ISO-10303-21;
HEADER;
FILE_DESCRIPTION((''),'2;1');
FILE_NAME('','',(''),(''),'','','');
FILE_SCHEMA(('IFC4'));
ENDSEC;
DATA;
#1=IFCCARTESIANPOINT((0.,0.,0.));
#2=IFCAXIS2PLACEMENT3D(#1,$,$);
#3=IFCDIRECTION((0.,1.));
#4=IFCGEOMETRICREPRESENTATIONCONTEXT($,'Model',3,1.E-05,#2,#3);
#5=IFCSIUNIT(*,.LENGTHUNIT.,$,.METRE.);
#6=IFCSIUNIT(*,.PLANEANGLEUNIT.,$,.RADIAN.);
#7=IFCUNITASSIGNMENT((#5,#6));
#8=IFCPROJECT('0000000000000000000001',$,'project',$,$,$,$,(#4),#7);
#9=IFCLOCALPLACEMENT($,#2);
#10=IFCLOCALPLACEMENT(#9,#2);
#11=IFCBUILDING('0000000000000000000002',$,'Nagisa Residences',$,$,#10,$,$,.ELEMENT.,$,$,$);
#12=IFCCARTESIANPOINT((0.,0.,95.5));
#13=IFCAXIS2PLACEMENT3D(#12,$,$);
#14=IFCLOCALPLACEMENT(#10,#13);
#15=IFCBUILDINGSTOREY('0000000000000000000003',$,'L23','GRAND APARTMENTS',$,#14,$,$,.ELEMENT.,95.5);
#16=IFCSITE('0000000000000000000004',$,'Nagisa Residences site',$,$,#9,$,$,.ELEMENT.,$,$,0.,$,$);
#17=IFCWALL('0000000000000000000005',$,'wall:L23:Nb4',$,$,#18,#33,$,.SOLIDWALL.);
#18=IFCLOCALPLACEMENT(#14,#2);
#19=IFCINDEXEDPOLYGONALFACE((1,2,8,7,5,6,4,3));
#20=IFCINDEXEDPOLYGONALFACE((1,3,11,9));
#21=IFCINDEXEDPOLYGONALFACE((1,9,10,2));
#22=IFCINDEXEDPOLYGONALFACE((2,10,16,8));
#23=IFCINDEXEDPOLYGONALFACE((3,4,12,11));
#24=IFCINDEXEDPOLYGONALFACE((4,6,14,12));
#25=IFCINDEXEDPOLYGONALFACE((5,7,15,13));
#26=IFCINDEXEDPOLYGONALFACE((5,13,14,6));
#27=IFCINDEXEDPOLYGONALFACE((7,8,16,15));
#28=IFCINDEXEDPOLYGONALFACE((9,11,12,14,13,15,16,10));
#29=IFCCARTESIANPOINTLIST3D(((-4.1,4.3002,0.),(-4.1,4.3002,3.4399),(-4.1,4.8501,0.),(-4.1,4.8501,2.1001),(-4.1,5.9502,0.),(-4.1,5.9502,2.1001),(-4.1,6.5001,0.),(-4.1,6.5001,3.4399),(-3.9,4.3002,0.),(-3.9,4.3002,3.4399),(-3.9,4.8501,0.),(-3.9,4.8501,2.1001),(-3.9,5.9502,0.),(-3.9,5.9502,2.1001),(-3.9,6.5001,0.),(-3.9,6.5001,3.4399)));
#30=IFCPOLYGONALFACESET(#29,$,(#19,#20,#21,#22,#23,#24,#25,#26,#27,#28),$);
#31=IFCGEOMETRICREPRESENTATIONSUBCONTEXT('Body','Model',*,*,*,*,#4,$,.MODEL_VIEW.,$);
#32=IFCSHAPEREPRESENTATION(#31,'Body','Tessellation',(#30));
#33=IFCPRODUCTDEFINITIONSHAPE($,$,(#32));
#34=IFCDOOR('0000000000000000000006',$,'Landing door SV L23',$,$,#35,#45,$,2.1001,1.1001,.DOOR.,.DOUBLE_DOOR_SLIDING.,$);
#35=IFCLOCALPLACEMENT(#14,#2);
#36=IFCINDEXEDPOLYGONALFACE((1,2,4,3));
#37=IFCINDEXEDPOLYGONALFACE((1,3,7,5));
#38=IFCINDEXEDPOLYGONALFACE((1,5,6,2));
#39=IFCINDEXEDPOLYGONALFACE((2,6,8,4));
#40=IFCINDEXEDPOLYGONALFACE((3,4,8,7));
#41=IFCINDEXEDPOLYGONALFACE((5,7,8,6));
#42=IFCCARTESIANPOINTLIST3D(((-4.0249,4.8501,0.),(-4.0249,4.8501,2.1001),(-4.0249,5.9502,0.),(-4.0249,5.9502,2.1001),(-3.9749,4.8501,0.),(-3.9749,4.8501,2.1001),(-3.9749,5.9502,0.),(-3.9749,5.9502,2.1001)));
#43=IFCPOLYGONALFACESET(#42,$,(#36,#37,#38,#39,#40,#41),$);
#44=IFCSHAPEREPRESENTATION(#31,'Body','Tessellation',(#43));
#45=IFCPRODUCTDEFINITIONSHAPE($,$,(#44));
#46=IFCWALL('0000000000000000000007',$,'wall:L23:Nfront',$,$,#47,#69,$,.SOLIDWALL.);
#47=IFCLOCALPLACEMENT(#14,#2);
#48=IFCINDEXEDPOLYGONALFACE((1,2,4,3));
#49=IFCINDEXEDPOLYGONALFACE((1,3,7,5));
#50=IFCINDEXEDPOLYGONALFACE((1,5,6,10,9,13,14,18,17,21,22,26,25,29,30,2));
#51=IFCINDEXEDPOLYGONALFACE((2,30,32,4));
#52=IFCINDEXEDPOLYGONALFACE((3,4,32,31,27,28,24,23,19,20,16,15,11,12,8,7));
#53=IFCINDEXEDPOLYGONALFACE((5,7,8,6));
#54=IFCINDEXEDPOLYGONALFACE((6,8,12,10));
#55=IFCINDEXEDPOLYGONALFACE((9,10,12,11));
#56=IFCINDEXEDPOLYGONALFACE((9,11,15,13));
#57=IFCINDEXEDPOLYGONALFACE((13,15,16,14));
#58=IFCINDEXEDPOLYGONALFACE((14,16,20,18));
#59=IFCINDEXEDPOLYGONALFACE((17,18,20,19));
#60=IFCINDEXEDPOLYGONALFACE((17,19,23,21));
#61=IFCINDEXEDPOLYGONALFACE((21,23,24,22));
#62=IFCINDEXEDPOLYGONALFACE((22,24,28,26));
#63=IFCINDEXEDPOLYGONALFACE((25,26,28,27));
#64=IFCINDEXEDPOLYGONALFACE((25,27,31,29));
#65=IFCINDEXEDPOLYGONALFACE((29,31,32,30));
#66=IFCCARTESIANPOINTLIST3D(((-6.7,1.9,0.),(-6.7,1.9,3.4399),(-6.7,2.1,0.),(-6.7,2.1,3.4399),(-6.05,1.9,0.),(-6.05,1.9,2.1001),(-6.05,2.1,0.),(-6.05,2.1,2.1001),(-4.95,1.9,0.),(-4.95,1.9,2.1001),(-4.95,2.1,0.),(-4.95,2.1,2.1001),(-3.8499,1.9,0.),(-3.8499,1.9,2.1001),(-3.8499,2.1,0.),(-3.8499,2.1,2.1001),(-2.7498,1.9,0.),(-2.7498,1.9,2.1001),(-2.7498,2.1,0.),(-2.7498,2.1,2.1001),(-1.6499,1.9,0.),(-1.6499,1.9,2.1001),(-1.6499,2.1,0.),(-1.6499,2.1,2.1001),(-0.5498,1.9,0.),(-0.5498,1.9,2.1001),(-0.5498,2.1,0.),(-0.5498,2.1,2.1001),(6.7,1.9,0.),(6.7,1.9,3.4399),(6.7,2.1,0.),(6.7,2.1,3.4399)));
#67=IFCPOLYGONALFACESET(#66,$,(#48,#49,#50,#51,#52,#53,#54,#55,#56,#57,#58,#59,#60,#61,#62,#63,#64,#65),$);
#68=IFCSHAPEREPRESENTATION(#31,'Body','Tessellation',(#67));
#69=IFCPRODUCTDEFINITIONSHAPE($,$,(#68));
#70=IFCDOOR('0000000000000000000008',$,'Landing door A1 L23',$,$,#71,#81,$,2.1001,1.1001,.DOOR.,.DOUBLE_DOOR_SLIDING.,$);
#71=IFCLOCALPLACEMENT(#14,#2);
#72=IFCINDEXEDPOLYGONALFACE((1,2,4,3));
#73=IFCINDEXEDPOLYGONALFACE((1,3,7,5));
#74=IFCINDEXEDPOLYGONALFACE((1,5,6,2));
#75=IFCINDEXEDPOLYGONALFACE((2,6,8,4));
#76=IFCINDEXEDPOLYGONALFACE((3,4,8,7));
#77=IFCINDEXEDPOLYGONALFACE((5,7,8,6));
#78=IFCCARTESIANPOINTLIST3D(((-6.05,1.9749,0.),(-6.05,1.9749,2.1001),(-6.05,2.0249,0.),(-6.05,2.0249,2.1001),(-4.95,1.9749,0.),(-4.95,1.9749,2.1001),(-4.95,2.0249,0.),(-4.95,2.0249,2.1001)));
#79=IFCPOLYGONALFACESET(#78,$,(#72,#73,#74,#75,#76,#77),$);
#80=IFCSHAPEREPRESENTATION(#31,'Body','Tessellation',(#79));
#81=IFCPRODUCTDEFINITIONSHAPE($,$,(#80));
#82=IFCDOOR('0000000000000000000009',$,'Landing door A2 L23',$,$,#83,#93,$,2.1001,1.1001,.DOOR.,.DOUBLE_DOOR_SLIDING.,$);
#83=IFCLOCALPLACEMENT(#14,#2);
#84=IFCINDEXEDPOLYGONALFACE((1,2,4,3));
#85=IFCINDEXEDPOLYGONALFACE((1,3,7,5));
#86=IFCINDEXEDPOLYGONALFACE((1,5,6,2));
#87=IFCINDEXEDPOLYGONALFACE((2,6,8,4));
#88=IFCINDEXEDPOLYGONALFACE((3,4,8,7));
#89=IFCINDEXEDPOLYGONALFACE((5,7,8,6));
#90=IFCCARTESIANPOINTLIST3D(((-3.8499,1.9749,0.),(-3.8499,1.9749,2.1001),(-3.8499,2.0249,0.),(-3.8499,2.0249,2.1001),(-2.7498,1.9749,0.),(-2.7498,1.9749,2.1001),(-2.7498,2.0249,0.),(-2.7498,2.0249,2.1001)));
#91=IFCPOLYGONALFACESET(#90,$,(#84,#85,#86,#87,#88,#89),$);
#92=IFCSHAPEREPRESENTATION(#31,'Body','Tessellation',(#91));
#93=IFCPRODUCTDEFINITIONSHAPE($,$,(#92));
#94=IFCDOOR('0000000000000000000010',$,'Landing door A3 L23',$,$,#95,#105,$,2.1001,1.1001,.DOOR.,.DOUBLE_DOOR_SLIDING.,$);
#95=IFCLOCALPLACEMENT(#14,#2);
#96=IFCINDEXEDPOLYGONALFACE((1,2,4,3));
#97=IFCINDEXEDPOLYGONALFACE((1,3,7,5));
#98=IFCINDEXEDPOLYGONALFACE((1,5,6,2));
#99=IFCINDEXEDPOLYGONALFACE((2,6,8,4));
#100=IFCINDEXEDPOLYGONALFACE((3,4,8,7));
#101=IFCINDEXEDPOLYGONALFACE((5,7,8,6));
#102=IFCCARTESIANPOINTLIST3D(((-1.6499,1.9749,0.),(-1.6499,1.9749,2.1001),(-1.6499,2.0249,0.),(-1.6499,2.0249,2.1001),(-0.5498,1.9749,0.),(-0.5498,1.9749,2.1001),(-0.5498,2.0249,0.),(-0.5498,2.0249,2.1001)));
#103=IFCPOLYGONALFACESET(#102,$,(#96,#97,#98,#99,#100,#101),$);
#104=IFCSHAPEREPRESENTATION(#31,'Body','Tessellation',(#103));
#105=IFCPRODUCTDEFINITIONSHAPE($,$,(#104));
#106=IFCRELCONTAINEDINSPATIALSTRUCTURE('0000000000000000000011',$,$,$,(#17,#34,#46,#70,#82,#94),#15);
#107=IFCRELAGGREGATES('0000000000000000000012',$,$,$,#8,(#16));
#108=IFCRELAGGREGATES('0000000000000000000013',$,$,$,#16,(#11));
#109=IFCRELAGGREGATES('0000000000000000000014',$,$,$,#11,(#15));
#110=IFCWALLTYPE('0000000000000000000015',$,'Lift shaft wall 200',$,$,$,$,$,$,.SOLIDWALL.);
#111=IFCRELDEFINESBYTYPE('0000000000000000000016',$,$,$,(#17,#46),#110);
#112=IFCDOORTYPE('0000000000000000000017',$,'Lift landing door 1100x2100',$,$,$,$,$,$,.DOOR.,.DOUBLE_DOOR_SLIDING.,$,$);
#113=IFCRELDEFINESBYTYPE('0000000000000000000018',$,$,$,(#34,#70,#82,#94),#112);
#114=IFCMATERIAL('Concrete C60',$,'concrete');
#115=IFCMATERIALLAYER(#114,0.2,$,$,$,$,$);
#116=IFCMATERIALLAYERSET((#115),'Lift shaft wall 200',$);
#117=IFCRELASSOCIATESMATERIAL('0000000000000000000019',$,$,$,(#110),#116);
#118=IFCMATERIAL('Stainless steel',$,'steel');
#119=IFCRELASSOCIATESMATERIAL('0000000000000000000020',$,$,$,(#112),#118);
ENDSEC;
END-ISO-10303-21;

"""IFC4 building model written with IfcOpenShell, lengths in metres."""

from ifc_helpers import new_model, si_unit, direction, frame, frame_2d, origin, place, context, subcontext, project, spatial, rectangle, extrude, material, layer, layer_set, type_object, element, fill, save


model = new_model("IFC4")

# Units and contexts
model_context = context("Model", 3, precision=1e-05, world=origin(), true_north=direction((0.0, 1.0)))
body_context = subcontext(model_context, "Body", "Model", "MODEL_VIEW")
ifc_project = project(units=[si_unit("LENGTHUNIT", "METRE"), si_unit("PLANEANGLEUNIT", "RADIAN")], contexts=[model_context])

# Site, building, storey
site_placement = place(None, origin())
site = spatial("IfcSite", under=ifc_project, at=site_placement, Name="Nagisa Residences site", CompositionType="ELEMENT", RefElevation=0.0)
building_placement = place(site_placement, origin())
building = spatial("IfcBuilding", under=site, at=building_placement, Name="Nagisa Residences", CompositionType="ELEMENT")
storey_placement = place(building_placement, frame((0.0, 0.0, 95.5)))
storey = spatial("IfcBuildingStorey", under=building, at=storey_placement, Name="L23", Description="GRAND APARTMENTS", CompositionType="ELEMENT", Elevation=95.5)

# Wall, opening, door
ifc_material_1 = material(Name="Concrete C60", Category="concrete")
ifc_layer_1 = layer(ifc_material_1, 0.2)
ifc_layer_set_1 = layer_set([ifc_layer_1], Name="Lift shaft wall 200")
wall_type_1 = type_object("IfcWallType", Name="Lift shaft wall 200", PredefinedType="SOLIDWALL", material=ifc_layer_set_1)
wall_1_placement = place(storey_placement, frame((-4.0, 4.3, 0.0), z_axis=(0.0, 0.0, 1.0), x_axis=(0.0, 1.0, 0.0)))
wall_1 = element("IfcWall", 1, at=wall_1_placement, inside=storey, type_object=wall_type_1, Name="wall:L23:Nb4", PredefinedType="SOLIDWALL", context=body_context, shape_type="SweptSolid", body=[
    extrude(rectangle(XDim=2.2, YDim=0.2, at=frame_2d((1.1001, 0.0))), origin(), (0.0, 0.0, 1.0), 3.4399),
])
opening_1_placement = place(wall_1_placement, frame((0.55, 0.0, 0.0)))
opening_1 = element("IfcOpeningElement", 2, at=opening_1_placement, cuts=wall_1, PredefinedType="OPENING", context=body_context, shape_type="SweptSolid", body=[
    extrude(rectangle(XDim=1.1001, YDim=2.1001, at=frame_2d((0.55, 1.05))), frame((0.0, 0.1099, 0.0), z_axis=(0.0, -1.0, 0.0), x_axis=(1.0, 0.0, 0.0)), (0.0, 0.0, 1.0), 0.22),
])
ifc_material_2 = material(Name="Stainless steel", Category="steel")
door_type_1 = type_object("IfcDoorType", Name="Lift landing door 1100x2100", OperationType="DOUBLE_DOOR_SLIDING", PredefinedType="DOOR", material=ifc_material_2)
door_1_placement = place(opening_1_placement, origin())
door_1 = element("IfcDoor", 3, at=door_1_placement, inside=storey, type_object=door_type_1, Name="Landing door SV L23", OperationType="DOUBLE_DOOR_SLIDING", OverallHeight=2.1001, OverallWidth=1.1001, PredefinedType="DOOR", context=body_context, shape_type="SweptSolid", body=[
    extrude(rectangle(XDim=1.1001, YDim=2.1001, at=frame_2d((0.55, 1.05))), frame((0.0, 0.0249, 0.0), z_axis=(0.0, -1.0, 0.0), x_axis=(1.0, 0.0, 0.0)), (0.0, 0.0, 1.0), 0.05),
])
fill(opening_1, door_1)

# Wall, openings, doors
wall_2_placement = place(storey_placement, frame((-6.7, 2.0, 0.0), z_axis=(0.0, 0.0, 1.0), x_axis=(1.0, 0.0, 0.0)))
wall_2 = element("IfcWall", 4, at=wall_2_placement, inside=storey, type_object=wall_type_1, Name="wall:L23:Nfront", PredefinedType="SOLIDWALL", context=body_context, shape_type="SweptSolid", body=[
    extrude(rectangle(XDim=13.3999, YDim=0.2, at=frame_2d((6.7, 0.0))), origin(), (0.0, 0.0, 1.0), 3.4399),
])
opening_2_placement = place(wall_2_placement, frame((0.6499, 0.0, 0.0)))
opening_2 = element("IfcOpeningElement", 5, at=opening_2_placement, cuts=wall_2, PredefinedType="OPENING", context=body_context, shape_type="SweptSolid", body=[
    extrude(rectangle(XDim=1.1001, YDim=2.1001, at=frame_2d((0.55, 1.05))), frame((0.0, 0.1099, 0.0), z_axis=(0.0, -1.0, 0.0), x_axis=(1.0, 0.0, 0.0)), (0.0, 0.0, 1.0), 0.22),
])
opening_3_placement = place(wall_2_placement, frame((2.8501, 0.0, 0.0)))
opening_3 = element("IfcOpeningElement", 6, at=opening_3_placement, cuts=wall_2, PredefinedType="OPENING", context=body_context, shape_type="SweptSolid", body=[
    extrude(rectangle(XDim=1.1001, YDim=2.1001, at=frame_2d((0.55, 1.05))), frame((0.0, 0.1099, 0.0), z_axis=(0.0, -1.0, 0.0), x_axis=(1.0, 0.0, 0.0)), (0.0, 0.0, 1.0), 0.22),
])
opening_4_placement = place(wall_2_placement, frame((5.05, 0.0, 0.0)))
opening_4 = element("IfcOpeningElement", 7, at=opening_4_placement, cuts=wall_2, PredefinedType="OPENING", context=body_context, shape_type="SweptSolid", body=[
    extrude(rectangle(XDim=1.1001, YDim=2.1001, at=frame_2d((0.55, 1.05))), frame((0.0, 0.1099, 0.0), z_axis=(0.0, -1.0, 0.0), x_axis=(1.0, 0.0, 0.0)), (0.0, 0.0, 1.0), 0.22),
])
door_2_placement = place(opening_2_placement, origin())
door_2 = element("IfcDoor", 8, at=door_2_placement, inside=storey, type_object=door_type_1, Name="Landing door A1 L23", OperationType="DOUBLE_DOOR_SLIDING", OverallHeight=2.1001, OverallWidth=1.1001, PredefinedType="DOOR", context=body_context, shape_type="SweptSolid", body=[
    extrude(rectangle(XDim=1.1001, YDim=2.1001, at=frame_2d((0.55, 1.05))), frame((0.0, 0.0249, 0.0), z_axis=(0.0, -1.0, 0.0), x_axis=(1.0, 0.0, 0.0)), (0.0, 0.0, 1.0), 0.05),
])
fill(opening_2, door_2)
door_3_placement = place(opening_3_placement, origin())
door_3 = element("IfcDoor", 9, at=door_3_placement, inside=storey, type_object=door_type_1, Name="Landing door A2 L23", OperationType="DOUBLE_DOOR_SLIDING", OverallHeight=2.1001, OverallWidth=1.1001, PredefinedType="DOOR", context=body_context, shape_type="SweptSolid", body=[
    extrude(rectangle(XDim=1.1001, YDim=2.1001, at=frame_2d((0.55, 1.05))), frame((0.0, 0.0249, 0.0), z_axis=(0.0, -1.0, 0.0), x_axis=(1.0, 0.0, 0.0)), (0.0, 0.0, 1.0), 0.05),
])
fill(opening_3, door_3)
door_4_placement = place(opening_4_placement, origin())
door_4 = element("IfcDoor", 10, at=door_4_placement, inside=storey, type_object=door_type_1, Name="Landing door A3 L23", OperationType="DOUBLE_DOOR_SLIDING", OverallHeight=2.1001, OverallWidth=1.1001, PredefinedType="DOOR", context=body_context, shape_type="SweptSolid", body=[
    extrude(rectangle(XDim=1.1001, YDim=2.1001, at=frame_2d((0.55, 1.05))), frame((0.0, 0.0249, 0.0), z_axis=(0.0, -1.0, 0.0), x_axis=(1.0, 0.0, 0.0)), (0.0, 0.0, 1.0), 0.05),
])
fill(opening_4, door_4)

save(model, "model.ifc")
